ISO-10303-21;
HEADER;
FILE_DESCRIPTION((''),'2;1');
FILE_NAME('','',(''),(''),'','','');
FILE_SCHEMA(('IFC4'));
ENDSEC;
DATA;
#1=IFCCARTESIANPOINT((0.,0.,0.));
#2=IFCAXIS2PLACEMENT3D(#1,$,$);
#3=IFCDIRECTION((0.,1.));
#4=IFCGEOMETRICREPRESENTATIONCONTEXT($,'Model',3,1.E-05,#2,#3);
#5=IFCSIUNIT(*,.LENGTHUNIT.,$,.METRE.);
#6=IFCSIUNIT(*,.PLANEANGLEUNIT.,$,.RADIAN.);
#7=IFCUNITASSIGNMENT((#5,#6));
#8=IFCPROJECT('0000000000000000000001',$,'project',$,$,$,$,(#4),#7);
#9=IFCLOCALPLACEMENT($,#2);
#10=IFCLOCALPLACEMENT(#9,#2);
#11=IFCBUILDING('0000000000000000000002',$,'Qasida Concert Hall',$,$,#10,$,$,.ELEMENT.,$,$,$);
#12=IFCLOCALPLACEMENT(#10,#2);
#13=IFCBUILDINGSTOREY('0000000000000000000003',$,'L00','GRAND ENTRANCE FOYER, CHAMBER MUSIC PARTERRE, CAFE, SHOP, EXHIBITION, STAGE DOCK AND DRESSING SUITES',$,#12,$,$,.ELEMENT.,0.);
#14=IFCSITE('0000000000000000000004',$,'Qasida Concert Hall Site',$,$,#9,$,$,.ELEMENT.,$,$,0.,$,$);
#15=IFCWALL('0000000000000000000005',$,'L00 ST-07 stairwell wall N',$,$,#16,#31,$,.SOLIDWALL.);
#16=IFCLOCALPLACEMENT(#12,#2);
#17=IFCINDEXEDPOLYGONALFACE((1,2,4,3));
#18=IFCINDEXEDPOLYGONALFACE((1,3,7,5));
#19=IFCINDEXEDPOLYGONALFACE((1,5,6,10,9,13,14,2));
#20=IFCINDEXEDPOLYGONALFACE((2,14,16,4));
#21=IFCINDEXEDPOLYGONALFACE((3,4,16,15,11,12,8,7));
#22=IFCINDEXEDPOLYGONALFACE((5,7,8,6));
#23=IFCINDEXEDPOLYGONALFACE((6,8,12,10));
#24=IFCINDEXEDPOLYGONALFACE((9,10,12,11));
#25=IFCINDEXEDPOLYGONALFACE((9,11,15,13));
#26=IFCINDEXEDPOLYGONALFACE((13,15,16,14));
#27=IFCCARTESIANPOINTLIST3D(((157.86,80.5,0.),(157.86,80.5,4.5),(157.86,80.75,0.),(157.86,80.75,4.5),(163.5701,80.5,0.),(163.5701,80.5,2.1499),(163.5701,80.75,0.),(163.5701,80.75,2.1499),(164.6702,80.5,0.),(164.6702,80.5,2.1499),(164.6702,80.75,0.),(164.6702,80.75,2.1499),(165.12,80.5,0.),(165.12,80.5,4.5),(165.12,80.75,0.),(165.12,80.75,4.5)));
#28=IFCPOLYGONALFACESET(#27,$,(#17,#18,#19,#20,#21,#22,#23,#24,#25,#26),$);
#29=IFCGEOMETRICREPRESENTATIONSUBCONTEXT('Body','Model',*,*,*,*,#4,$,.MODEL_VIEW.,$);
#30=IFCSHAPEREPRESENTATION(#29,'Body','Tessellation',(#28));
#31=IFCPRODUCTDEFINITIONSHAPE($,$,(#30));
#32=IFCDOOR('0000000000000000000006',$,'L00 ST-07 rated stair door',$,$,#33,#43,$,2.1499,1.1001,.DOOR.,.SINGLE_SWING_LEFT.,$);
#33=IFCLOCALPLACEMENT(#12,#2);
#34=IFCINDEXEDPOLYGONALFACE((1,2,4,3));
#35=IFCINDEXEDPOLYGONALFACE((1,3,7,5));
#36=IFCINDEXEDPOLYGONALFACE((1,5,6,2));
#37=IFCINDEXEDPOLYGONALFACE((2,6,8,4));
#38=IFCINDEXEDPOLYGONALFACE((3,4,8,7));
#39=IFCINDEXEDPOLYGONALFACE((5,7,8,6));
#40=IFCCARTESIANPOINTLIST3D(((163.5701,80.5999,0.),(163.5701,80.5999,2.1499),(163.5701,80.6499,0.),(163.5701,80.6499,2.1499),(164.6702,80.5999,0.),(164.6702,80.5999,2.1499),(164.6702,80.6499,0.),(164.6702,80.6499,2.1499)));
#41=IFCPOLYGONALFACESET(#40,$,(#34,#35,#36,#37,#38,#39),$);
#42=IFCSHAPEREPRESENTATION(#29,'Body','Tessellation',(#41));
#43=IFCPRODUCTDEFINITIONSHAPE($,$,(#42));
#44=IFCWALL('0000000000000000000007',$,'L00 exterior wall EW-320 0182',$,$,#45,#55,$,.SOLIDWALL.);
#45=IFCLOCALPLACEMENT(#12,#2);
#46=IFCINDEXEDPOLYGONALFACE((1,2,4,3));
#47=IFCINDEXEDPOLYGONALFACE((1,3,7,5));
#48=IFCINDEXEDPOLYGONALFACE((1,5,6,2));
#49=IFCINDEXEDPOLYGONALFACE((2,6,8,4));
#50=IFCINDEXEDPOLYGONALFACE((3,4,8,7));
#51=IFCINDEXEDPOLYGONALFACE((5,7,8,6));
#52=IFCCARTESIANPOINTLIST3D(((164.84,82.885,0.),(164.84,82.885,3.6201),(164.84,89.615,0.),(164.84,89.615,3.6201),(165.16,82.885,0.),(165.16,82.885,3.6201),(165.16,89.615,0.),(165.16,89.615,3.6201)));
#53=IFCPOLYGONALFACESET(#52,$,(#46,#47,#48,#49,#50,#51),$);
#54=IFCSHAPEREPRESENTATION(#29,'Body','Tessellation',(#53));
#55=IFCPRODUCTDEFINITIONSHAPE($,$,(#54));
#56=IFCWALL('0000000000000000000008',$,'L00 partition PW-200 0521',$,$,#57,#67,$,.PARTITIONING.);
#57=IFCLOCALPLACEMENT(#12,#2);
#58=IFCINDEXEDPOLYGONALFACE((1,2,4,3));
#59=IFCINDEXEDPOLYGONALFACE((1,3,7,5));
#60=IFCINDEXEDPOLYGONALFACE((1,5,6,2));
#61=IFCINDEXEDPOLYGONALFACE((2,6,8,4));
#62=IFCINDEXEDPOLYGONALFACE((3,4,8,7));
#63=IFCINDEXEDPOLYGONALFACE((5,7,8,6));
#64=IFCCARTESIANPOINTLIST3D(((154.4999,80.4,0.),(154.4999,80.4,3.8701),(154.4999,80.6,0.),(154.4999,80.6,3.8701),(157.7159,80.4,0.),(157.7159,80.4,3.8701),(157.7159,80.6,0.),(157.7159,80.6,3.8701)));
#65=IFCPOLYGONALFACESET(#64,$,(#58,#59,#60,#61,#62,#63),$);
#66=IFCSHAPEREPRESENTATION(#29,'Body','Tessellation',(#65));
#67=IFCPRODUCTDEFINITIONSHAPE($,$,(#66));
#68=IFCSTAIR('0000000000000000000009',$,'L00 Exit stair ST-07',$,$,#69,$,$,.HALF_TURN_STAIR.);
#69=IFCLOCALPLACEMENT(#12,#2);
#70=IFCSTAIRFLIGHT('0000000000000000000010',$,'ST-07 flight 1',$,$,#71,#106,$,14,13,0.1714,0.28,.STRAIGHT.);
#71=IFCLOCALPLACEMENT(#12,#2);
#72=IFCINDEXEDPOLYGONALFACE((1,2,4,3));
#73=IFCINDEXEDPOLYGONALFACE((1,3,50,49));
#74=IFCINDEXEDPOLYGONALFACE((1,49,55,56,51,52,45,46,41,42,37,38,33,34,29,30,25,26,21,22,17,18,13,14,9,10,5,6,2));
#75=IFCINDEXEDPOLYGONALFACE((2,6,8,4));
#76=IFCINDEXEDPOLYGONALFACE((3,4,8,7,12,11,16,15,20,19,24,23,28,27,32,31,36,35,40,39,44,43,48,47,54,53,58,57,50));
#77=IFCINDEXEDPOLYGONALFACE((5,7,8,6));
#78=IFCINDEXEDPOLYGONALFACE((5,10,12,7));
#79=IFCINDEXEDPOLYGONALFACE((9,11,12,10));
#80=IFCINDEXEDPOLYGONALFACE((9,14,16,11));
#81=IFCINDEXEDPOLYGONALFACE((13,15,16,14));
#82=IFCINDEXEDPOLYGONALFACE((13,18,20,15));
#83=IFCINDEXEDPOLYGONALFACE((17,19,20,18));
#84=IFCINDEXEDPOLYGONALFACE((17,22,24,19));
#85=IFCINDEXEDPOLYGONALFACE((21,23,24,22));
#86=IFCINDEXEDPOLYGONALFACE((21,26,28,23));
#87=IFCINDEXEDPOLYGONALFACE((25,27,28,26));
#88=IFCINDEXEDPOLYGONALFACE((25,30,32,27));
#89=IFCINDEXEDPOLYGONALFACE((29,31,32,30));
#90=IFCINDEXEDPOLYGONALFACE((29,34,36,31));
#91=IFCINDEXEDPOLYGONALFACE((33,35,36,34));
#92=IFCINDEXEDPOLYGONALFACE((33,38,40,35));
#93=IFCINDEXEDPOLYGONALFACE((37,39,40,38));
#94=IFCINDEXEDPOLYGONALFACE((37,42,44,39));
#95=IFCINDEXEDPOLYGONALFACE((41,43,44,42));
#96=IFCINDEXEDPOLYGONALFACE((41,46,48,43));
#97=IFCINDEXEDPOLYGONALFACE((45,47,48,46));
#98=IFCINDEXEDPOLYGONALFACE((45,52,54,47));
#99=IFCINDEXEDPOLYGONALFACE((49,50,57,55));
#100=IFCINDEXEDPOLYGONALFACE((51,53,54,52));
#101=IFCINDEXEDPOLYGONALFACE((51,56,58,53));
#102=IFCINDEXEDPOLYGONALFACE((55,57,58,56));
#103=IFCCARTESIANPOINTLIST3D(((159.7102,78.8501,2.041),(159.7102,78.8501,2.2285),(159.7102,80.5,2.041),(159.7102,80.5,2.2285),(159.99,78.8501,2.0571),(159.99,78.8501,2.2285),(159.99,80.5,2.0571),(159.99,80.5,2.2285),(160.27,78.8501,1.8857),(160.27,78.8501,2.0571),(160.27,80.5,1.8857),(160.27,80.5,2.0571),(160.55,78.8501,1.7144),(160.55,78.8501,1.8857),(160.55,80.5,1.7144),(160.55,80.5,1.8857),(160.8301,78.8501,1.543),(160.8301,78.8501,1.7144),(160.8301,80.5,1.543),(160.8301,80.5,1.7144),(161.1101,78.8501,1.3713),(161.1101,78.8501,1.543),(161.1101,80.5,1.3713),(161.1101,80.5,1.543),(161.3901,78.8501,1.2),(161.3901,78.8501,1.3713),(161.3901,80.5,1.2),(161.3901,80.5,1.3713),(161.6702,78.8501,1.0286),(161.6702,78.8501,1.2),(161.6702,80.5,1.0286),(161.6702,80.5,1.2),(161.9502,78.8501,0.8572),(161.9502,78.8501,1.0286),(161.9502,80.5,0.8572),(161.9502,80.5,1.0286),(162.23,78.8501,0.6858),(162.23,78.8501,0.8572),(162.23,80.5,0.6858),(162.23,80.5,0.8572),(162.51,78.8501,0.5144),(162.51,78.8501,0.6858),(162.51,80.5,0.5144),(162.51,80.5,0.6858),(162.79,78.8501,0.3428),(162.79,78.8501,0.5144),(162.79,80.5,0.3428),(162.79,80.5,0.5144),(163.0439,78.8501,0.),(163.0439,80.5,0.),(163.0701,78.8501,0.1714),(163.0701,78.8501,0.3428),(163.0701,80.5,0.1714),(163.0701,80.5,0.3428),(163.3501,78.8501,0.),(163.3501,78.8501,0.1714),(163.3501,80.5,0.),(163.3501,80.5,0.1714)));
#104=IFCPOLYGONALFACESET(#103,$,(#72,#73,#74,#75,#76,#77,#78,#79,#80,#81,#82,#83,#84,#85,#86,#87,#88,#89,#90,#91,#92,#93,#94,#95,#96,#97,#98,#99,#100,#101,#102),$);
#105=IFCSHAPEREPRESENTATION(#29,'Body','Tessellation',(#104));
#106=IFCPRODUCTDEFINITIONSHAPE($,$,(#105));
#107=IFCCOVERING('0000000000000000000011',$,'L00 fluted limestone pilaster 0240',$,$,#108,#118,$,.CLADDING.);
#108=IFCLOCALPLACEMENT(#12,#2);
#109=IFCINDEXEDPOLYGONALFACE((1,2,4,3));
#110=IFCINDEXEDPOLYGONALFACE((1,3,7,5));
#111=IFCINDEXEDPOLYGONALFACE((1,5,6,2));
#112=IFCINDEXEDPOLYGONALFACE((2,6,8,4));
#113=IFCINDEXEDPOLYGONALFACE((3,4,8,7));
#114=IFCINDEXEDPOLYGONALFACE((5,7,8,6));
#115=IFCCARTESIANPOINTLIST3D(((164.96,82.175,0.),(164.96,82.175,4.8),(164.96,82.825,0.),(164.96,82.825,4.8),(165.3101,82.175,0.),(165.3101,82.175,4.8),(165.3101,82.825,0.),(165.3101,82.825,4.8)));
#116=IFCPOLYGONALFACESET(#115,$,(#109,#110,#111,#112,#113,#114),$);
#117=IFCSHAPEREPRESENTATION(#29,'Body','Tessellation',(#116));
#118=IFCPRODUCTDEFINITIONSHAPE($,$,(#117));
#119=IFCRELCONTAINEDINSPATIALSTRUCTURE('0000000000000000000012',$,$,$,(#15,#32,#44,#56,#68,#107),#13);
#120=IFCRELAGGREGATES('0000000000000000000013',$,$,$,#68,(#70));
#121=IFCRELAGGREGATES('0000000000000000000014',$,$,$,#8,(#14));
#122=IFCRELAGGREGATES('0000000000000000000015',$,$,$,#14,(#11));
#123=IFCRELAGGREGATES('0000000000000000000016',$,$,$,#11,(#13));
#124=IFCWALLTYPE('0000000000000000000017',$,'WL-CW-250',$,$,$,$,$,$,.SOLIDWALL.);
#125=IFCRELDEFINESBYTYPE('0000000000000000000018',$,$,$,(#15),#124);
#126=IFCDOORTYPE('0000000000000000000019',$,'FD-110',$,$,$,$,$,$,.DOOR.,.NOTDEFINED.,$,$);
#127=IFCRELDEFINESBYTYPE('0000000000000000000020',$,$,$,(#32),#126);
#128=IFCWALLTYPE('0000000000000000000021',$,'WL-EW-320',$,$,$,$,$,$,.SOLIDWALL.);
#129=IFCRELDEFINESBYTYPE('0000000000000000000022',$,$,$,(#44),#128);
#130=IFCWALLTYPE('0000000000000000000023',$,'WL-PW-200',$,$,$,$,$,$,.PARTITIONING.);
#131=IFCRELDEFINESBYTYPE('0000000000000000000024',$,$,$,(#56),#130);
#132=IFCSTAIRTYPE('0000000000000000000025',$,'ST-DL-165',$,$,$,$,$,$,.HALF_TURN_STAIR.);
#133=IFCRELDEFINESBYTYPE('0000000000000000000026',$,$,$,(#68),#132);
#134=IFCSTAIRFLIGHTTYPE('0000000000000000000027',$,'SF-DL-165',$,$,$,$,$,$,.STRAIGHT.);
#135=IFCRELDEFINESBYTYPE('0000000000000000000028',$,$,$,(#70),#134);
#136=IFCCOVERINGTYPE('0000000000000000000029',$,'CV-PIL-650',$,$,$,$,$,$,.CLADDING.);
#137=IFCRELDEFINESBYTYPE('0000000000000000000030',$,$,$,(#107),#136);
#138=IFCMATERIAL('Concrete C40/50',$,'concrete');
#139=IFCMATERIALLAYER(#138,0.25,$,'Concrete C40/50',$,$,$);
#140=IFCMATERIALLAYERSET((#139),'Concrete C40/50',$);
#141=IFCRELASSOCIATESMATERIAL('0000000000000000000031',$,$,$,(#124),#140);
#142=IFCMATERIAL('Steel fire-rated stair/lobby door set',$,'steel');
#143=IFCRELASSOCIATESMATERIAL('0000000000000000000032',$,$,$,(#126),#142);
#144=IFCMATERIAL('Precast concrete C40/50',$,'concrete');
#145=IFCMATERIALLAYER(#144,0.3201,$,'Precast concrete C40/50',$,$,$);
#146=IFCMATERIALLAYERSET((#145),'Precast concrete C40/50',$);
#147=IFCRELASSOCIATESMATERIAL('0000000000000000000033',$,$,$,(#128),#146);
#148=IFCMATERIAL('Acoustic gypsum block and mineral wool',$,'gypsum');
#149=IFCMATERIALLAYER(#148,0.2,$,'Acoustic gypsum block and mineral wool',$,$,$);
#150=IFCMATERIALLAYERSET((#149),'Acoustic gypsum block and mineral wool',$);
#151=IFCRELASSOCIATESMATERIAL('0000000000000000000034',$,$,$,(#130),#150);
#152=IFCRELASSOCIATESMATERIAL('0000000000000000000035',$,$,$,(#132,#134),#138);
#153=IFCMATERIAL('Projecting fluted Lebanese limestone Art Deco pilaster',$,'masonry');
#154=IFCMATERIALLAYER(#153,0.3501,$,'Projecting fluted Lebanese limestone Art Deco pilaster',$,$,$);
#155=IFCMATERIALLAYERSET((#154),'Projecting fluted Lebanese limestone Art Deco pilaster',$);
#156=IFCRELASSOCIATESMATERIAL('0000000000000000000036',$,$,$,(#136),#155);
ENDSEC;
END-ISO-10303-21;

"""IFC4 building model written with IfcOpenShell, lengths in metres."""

from ifc_helpers import new_model, si_unit, direction, frame, frame_2d, origin, origin_2d, place, context, subcontext, project, spatial, polyline, rectangle, outline, extrude, material, layer, layer_set, type_object, element, fill, aggregate, save


model = new_model("IFC4")

# Units and contexts
model_context = context("Model", 3, precision=1e-05, world=origin(), true_north=direction((0.0, 1.0)))
body_context = subcontext(model_context, "Body", "Model", "MODEL_VIEW")
ifc_project = project(units=[si_unit("LENGTHUNIT", "METRE"), si_unit("PLANEANGLEUNIT", "RADIAN")], contexts=[model_context])

# Site, building, storey
site_placement = place(None, origin())
site = spatial("IfcSite", under=ifc_project, at=site_placement, Name="Qasida Concert Hall Site", CompositionType="ELEMENT", RefElevation=0.0)
building_placement = place(site_placement, origin())
building = spatial("IfcBuilding", under=site, at=building_placement, Name="Qasida Concert Hall", CompositionType="ELEMENT")
storey_placement = place(building_placement, origin())
storey = spatial("IfcBuildingStorey", under=building, at=storey_placement, Name="L00", Description="GRAND ENTRANCE FOYER, CHAMBER MUSIC PARTERRE, CAFE, SHOP, EXHIBITION, STAGE DOCK AND DRESSING SUITES", CompositionType="ELEMENT", Elevation=0.0)

# Shared definitions
ifc_material_1 = material(Name="Concrete C40/50", Category="concrete")

# Wall, opening, door
ifc_layer_1 = layer(ifc_material_1, 0.25, Name="Concrete C40/50")
ifc_layer_set_1 = layer_set([ifc_layer_1], Name="Concrete C40/50")
wall_type_1 = type_object("IfcWallType", Name="WL-CW-250", PredefinedType="SOLIDWALL", material=ifc_layer_set_1)
wall_1_placement = place(storey_placement, frame((157.8601, 80.625, 0.0), z_axis=(0.0, 0.0, 1.0), x_axis=(1.0, 0.0, 0.0)))
wall_1 = element("IfcWall", 1, at=wall_1_placement, inside=storey, type_object=wall_type_1, Name="L00 ST-07 stairwell wall N", PredefinedType="SOLIDWALL", context=body_context, shape_type="SweptSolid", body=[
    extrude(rectangle(XDim=7.26, YDim=0.25, at=frame_2d((3.6299, 0.0))), origin(), (0.0, 0.0, 1.0), 4.5),
])
opening_1_placement = place(wall_1_placement, frame((5.71, 0.0, 0.0)))
opening_1 = element("IfcOpeningElement", 2, at=opening_1_placement, cuts=wall_1, PredefinedType="OPENING", context=body_context, shape_type="SweptSolid", body=[
    extrude(rectangle(XDim=1.1001, YDim=2.1499, at=frame_2d((0.55, 1.075))), frame((0.0, 0.135, 0.0), z_axis=(0.0, -1.0, 0.0), x_axis=(1.0, 0.0, 0.0)), (0.0, 0.0, 1.0), 0.27),
])
ifc_material_2 = material(Name="Steel fire-rated stair/lobby door set", Category="steel")
door_type_1 = type_object("IfcDoorType", Name="FD-110", OperationType="NOTDEFINED", PredefinedType="DOOR", material=ifc_material_2)
door_1_placement = place(opening_1_placement, origin())
door_1 = element("IfcDoor", 3, at=door_1_placement, inside=storey, type_object=door_type_1, Name="L00 ST-07 rated stair door", OperationType="SINGLE_SWING_LEFT", OverallHeight=2.1499, OverallWidth=1.1001, PredefinedType="DOOR", context=body_context, shape_type="SweptSolid", body=[
    extrude(rectangle(XDim=1.1001, YDim=2.1499, at=frame_2d((0.55, 1.075))), frame((0.0, 0.0249, 0.0), z_axis=(0.0, -1.0, 0.0), x_axis=(1.0, 0.0, 0.0)), (0.0, 0.0, 1.0), 0.05),
])
fill(opening_1, door_1)

# Walls
ifc_material_3 = material(Name="Precast concrete C40/50", Category="concrete")
ifc_layer_2 = layer(ifc_material_3, 0.3201, Name="Precast concrete C40/50")
ifc_layer_set_2 = layer_set([ifc_layer_2], Name="Precast concrete C40/50")
wall_type_2 = type_object("IfcWallType", Name="WL-EW-320", PredefinedType="SOLIDWALL", material=ifc_layer_set_2)
wall_2_placement = place(storey_placement, frame((165.0, 82.885, 0.0), z_axis=(0.0, 0.0, 1.0), x_axis=(0.0, 1.0, 0.0)))
element("IfcWall", 4, at=wall_2_placement, inside=storey, type_object=wall_type_2, Name="L00 exterior wall EW-320 0182", PredefinedType="SOLIDWALL", context=body_context, shape_type="SweptSolid", body=[
    extrude(rectangle(XDim=6.73, YDim=0.3201, at=frame_2d((3.365, 0.0))), origin(), (0.0, 0.0, 1.0), 3.6201),
])
ifc_material_4 = material(Name="Acoustic gypsum block and mineral wool", Category="gypsum")
ifc_layer_3 = layer(ifc_material_4, 0.2, Name="Acoustic gypsum block and mineral wool")
ifc_layer_set_3 = layer_set([ifc_layer_3], Name="Acoustic gypsum block and mineral wool")
wall_type_3 = type_object("IfcWallType", Name="WL-PW-200", PredefinedType="PARTITIONING", material=ifc_layer_set_3)
wall_3_placement = place(storey_placement, frame((154.5, 80.5, 0.0), z_axis=(0.0, 0.0, 1.0), x_axis=(1.0, 0.0, 0.0)))
element("IfcWall", 5, at=wall_3_placement, inside=storey, type_object=wall_type_3, Name="L00 partition PW-200 0521", PredefinedType="PARTITIONING", context=body_context, shape_type="SweptSolid", body=[
    extrude(rectangle(XDim=3.2161, YDim=0.2, at=frame_2d((1.6079, 0.0))), origin(), (0.0, 0.0, 1.0), 3.8701),
])

# Stair, stair flight
stair_type = type_object("IfcStairType", Name="ST-DL-165", PredefinedType="HALF_TURN_STAIR", material=ifc_material_1)
stair_placement = place(storey_placement, origin())
stair = element("IfcStair", 6, at=stair_placement, inside=storey, type_object=stair_type, Name="L00 Exit stair ST-07", PredefinedType="HALF_TURN_STAIR")
stair_flight_type = type_object("IfcStairFlightType", Name="SF-DL-165", PredefinedType="STRAIGHT", material=ifc_material_1)
stair_flight_placement = place(storey_placement, frame((163.3501, 79.675, 0.0), z_axis=(0.0, 0.0, 1.0), x_axis=(-1.0, 0.0, 0.0)))
stair_flight = element("IfcStairFlight", 7, at=stair_flight_placement, type_object=stair_flight_type, Name="ST-07 flight 1", NumberOfRisers=14, NumberOfTreads=13, PredefinedType="STRAIGHT", RiserHeight=0.1714, TreadLength=0.28, context=body_context, shape_type="SweptSolid", body=[
    extrude(outline(polyline([(0.0, 0.0), (0.0, 0.1714), (0.28, 0.1714), (0.28, 0.3428), (0.5601, 0.3428), (0.5601, 0.5144), (0.8401, 0.5144), (0.8401, 0.6858), (1.1201, 0.6858), (1.1201, 0.8572), (1.3999, 0.8572), (1.3999, 1.0286), (1.6799, 1.0286), (1.6799, 1.2), (1.96, 1.2), (1.96, 1.3713), (2.24, 1.3713), (2.24, 1.543), (2.52, 1.543), (2.52, 1.7144), (2.8, 1.7144), (2.8, 1.8857), (3.0801, 1.8857), (3.0801, 2.0571), (3.3601, 2.0571), (3.3601, 2.2285), (3.6399, 2.2285), (3.6399, 2.3999), (3.6399, 2.041), (0.3062, 0.0), (0.0, 0.0)])), frame((0.0, 0.825, 0.0), z_axis=(0.0, -1.0, 0.0), x_axis=(1.0, 0.0, 0.0)), (0.0, 0.0, 1.0), 1.6499),
])
aggregate(stair, [stair_flight])

# Covering
ifc_material_5 = material(Name="Projecting fluted Lebanese limestone Art Deco pilaster", Category="masonry")
ifc_layer_4 = layer(ifc_material_5, 0.3501, Name="Projecting fluted Lebanese limestone Art Deco pilaster")
ifc_layer_set_4 = layer_set([ifc_layer_4], Name="Projecting fluted Lebanese limestone Art Deco pilaster")
covering_type = type_object("IfcCoveringType", Name="CV-PIL-650", PredefinedType="CLADDING", material=ifc_layer_set_4)
covering_placement = place(storey_placement, frame((165.135, 82.5, 0.0), z_axis=(0.0, 0.0, 1.0), x_axis=(1.0, 0.0, 0.0)))
element("IfcCovering", 8, at=covering_placement, inside=storey, type_object=covering_type, Name="L00 fluted limestone pilaster 0240", PredefinedType="CLADDING", context=body_context, shape_type="SweptSolid", body=[
    extrude(rectangle(XDim=0.3501, YDim=0.6499, at=origin_2d()), origin(), (0.0, 0.0, 1.0), 4.8),
])

save(model, "model.ifc")
